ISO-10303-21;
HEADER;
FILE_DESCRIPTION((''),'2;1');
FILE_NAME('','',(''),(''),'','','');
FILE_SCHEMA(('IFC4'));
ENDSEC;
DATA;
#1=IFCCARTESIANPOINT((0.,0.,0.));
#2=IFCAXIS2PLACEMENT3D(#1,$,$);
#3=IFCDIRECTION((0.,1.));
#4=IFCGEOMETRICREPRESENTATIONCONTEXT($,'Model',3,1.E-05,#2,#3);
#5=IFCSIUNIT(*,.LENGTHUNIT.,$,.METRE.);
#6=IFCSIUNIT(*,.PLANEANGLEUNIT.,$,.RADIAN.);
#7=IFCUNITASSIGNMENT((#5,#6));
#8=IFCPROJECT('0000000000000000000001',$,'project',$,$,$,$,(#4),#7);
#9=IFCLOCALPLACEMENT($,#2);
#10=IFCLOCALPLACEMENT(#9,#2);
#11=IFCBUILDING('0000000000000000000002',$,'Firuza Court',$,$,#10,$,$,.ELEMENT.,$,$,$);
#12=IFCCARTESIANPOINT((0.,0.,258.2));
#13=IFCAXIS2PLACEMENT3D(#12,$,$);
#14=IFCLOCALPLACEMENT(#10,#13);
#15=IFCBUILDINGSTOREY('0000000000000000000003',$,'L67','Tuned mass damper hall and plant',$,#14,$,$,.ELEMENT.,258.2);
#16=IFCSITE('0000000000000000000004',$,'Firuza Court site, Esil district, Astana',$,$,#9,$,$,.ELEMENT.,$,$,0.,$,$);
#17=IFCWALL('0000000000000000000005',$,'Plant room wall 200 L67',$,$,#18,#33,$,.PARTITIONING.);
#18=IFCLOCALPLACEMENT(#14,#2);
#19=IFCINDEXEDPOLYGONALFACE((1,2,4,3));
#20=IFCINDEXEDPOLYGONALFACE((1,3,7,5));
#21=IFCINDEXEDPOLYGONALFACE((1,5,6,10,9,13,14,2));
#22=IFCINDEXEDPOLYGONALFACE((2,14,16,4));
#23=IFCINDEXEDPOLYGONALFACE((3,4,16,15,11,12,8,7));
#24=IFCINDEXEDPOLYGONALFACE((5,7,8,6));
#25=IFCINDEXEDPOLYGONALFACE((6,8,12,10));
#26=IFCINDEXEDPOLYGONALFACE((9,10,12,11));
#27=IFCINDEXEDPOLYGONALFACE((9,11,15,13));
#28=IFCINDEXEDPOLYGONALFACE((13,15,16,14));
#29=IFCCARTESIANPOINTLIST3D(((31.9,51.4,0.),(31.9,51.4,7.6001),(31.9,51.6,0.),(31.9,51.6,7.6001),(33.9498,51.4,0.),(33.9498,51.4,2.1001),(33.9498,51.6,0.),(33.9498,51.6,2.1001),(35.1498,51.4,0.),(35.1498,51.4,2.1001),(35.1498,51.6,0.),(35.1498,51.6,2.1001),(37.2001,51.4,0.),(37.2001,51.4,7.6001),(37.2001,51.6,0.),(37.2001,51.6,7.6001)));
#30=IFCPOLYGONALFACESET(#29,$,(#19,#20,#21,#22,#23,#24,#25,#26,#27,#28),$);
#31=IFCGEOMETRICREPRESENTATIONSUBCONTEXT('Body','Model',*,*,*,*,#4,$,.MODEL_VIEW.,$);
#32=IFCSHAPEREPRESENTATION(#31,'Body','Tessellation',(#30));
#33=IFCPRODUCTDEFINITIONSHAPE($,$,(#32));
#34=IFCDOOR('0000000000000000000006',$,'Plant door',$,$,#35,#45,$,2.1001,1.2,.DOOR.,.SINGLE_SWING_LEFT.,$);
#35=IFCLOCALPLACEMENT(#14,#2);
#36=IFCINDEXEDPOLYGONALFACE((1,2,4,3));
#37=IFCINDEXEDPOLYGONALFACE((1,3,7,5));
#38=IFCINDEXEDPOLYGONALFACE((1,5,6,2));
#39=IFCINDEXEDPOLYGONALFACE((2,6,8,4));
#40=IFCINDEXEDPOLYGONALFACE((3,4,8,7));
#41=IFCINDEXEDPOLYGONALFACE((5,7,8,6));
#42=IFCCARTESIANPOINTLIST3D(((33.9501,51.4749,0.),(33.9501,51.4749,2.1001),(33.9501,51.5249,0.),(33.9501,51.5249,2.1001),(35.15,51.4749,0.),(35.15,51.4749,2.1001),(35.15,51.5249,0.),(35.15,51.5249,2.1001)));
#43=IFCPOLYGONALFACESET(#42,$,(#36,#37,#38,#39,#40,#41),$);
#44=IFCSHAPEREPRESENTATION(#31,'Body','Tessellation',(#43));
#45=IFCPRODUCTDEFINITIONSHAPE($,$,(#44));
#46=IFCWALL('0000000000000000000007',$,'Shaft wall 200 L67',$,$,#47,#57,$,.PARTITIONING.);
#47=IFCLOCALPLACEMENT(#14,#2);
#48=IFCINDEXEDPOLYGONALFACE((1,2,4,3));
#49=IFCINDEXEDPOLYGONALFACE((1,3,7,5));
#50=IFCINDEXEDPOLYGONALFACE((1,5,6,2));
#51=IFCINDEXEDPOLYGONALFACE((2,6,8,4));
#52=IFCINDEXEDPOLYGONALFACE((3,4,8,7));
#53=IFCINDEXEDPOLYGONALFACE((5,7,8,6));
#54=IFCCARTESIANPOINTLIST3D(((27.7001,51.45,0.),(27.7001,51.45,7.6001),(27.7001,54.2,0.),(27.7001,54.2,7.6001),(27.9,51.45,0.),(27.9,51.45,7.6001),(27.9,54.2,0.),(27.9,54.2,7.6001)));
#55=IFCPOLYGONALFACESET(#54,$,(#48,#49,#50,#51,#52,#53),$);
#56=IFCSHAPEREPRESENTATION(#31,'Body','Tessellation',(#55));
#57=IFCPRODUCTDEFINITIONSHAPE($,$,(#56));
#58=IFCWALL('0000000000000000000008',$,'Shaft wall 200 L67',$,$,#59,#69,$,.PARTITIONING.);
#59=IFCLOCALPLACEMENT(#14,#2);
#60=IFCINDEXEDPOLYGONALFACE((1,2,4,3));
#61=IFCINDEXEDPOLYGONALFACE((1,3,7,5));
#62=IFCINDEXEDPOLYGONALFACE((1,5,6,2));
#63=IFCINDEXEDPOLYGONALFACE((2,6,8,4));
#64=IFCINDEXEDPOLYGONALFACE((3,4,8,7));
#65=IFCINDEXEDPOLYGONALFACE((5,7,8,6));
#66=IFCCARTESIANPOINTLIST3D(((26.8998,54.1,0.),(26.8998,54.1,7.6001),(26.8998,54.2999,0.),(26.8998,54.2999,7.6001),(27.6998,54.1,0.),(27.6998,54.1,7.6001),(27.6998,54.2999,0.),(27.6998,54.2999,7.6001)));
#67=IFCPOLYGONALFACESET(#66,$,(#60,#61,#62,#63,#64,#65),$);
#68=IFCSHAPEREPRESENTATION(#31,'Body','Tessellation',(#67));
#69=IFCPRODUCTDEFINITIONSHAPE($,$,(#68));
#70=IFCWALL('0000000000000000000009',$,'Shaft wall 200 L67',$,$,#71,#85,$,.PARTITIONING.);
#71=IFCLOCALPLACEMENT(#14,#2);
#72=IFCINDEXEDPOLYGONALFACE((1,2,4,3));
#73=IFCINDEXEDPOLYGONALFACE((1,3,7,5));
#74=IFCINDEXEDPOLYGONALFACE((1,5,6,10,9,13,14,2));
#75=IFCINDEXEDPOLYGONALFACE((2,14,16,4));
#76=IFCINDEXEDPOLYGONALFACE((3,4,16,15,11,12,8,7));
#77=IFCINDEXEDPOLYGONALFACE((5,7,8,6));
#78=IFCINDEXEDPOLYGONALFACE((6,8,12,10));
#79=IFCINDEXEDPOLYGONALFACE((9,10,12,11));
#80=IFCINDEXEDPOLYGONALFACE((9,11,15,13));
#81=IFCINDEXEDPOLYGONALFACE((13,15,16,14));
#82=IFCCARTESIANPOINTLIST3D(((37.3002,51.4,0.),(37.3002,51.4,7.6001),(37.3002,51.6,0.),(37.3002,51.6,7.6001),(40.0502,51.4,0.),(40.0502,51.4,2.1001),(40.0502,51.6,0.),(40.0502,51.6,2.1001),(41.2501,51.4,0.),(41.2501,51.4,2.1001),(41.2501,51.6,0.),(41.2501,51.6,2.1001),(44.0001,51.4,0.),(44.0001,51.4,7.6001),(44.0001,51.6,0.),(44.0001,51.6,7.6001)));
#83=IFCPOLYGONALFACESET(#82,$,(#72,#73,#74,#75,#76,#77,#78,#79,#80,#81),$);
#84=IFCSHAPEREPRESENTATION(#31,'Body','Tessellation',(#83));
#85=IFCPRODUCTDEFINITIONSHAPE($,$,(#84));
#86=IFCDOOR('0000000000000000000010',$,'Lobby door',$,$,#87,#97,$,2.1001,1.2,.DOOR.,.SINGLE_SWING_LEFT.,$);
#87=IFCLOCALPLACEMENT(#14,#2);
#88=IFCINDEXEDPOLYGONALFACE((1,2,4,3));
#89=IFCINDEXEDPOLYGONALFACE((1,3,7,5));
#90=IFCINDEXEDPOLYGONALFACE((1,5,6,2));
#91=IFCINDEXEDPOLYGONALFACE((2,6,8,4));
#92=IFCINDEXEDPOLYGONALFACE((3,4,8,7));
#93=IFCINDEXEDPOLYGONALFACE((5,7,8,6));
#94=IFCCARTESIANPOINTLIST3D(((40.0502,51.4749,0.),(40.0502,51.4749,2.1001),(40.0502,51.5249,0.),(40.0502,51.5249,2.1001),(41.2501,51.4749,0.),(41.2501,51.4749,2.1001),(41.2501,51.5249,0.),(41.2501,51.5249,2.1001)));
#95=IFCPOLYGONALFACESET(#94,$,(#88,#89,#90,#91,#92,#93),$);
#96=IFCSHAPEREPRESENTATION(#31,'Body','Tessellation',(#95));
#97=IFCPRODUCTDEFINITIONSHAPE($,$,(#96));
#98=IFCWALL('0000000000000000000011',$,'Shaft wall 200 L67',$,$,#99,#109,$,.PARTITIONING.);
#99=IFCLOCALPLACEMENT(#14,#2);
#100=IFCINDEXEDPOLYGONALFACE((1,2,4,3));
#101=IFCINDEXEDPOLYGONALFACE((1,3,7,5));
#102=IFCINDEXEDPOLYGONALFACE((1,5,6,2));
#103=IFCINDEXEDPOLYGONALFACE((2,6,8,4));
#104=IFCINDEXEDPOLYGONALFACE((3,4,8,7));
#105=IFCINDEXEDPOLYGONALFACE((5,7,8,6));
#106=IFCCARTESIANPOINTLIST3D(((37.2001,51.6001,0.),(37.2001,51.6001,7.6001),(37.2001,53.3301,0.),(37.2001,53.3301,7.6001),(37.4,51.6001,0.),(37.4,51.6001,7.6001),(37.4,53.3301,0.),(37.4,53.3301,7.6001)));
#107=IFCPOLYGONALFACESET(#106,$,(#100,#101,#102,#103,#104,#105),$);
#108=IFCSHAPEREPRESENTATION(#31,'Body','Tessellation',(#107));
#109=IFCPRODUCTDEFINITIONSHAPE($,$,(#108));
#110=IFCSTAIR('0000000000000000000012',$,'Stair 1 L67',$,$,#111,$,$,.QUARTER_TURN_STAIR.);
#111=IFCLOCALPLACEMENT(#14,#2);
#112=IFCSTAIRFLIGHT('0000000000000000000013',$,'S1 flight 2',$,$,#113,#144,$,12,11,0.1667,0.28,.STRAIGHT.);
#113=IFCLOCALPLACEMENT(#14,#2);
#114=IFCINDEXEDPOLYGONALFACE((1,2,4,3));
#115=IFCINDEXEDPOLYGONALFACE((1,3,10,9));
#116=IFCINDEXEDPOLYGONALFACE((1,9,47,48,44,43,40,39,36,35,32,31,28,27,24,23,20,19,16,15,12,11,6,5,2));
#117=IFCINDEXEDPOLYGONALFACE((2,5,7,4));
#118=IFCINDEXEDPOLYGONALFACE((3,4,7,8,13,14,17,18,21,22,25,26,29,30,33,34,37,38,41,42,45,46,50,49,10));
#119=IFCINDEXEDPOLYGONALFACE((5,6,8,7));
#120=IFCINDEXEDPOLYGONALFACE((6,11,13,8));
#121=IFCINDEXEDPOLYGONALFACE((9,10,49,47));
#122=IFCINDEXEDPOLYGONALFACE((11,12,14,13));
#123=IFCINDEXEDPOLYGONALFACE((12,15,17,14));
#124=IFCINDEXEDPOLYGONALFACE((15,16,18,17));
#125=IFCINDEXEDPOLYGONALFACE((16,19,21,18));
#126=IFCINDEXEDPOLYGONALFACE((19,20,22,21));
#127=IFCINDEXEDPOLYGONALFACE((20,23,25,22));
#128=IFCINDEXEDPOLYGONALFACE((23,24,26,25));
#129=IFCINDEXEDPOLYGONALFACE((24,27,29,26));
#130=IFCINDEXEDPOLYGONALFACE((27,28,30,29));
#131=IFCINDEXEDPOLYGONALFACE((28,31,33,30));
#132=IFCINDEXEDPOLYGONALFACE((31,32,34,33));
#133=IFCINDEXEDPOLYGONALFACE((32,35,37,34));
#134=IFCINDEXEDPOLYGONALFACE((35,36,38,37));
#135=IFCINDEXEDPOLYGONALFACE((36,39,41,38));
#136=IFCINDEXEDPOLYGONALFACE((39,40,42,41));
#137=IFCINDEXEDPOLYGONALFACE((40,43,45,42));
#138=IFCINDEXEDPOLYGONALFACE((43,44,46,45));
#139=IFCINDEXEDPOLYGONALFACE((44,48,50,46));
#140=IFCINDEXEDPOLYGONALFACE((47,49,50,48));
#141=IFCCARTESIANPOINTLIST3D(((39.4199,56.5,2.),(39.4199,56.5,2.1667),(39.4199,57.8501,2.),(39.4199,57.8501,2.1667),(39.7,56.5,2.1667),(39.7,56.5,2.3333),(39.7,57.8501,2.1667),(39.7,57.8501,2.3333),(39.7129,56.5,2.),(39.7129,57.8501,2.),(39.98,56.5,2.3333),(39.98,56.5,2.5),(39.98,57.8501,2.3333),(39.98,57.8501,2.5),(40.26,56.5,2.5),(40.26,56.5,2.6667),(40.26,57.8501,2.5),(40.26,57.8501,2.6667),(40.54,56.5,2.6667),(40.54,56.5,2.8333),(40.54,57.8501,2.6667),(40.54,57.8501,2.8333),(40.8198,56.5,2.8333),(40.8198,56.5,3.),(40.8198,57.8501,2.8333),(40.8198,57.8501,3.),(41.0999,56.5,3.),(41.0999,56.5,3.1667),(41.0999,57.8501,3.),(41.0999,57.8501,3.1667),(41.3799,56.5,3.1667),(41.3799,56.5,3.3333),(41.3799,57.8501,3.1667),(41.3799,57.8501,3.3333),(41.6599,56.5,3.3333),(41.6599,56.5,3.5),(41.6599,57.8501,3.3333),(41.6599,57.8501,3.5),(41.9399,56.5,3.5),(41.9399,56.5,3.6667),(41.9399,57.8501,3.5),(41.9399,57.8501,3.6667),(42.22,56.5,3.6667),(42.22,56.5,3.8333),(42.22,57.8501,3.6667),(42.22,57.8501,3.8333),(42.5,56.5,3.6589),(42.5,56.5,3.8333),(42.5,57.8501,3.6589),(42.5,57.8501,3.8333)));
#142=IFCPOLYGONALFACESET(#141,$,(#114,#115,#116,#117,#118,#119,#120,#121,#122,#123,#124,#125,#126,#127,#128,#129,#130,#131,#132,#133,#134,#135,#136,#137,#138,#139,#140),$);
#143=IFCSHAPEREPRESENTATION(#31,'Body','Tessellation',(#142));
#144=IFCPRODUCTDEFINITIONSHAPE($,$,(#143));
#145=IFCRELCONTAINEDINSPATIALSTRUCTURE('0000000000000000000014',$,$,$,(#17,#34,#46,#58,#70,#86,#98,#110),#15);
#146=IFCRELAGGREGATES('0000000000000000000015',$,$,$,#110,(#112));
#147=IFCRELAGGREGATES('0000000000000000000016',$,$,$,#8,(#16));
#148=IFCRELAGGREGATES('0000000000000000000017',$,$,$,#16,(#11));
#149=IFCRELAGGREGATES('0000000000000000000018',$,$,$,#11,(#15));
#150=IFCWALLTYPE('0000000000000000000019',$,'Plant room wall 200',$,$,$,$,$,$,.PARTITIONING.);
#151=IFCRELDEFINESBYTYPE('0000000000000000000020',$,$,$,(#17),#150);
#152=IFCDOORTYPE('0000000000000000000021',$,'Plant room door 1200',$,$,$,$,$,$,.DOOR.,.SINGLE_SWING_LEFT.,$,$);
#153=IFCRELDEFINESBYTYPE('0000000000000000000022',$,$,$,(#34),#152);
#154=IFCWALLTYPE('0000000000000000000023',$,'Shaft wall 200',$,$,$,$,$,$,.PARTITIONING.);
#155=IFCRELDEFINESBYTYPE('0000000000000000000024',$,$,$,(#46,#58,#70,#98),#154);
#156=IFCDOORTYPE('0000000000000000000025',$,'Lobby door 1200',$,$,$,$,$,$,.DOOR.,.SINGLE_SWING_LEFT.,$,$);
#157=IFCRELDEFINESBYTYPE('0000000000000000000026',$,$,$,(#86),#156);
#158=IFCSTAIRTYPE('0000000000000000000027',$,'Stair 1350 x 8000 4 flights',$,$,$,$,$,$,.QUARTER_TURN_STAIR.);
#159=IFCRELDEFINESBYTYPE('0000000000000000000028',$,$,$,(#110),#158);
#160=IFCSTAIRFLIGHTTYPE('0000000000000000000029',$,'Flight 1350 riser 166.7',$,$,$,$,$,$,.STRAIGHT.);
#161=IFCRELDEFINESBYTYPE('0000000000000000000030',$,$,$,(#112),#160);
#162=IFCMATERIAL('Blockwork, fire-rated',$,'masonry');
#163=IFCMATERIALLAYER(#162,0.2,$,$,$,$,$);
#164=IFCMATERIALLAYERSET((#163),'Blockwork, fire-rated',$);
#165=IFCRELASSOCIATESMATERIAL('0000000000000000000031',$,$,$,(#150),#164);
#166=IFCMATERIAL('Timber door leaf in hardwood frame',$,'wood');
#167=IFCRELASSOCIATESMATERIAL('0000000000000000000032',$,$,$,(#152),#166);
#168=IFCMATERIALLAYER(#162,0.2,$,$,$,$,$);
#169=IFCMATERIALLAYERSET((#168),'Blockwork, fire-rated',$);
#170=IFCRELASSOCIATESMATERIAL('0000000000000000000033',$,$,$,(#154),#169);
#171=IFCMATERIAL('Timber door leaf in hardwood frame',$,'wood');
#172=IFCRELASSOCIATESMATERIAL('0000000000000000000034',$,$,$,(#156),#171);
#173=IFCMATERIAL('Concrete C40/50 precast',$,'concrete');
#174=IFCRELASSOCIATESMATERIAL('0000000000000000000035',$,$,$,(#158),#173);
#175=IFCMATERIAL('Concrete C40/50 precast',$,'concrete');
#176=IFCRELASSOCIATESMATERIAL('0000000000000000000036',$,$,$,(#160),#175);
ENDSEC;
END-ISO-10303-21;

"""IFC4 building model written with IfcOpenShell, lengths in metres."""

from ifc_helpers import new_model, si_unit, direction, frame, frame_2d, origin, place, context, subcontext, project, spatial, polyline, rectangle, outline, extrude, material, layer, layer_set, type_object, element, fill, aggregate, save


model = new_model("IFC4")

# Units and contexts
model_context = context("Model", 3, precision=1e-05, world=origin(), true_north=direction((0.0, 1.0)))
body_context = subcontext(model_context, "Body", "Model", "MODEL_VIEW")
ifc_project = project(units=[si_unit("LENGTHUNIT", "METRE"), si_unit("PLANEANGLEUNIT", "RADIAN")], contexts=[model_context])

# Site, building, storey
site_placement = place(None, origin())
site = spatial("IfcSite", under=ifc_project, at=site_placement, Name="Firuza Court site, Esil district, Astana", CompositionType="ELEMENT", RefElevation=0.0)
building_placement = place(site_placement, origin())
building = spatial("IfcBuilding", under=site, at=building_placement, Name="Firuza Court", CompositionType="ELEMENT")
storey_placement = place(building_placement, frame((0.0, 0.0, 258.2)))
storey = spatial("IfcBuildingStorey", under=building, at=storey_placement, Name="L67", Description="Tuned mass damper hall and plant", CompositionType="ELEMENT", Elevation=258.2)

# Wall, opening, door
ifc_material_1 = material(Name="Blockwork, fire-rated", Category="masonry")
ifc_layer_1 = layer(ifc_material_1, 0.2)
ifc_layer_set_1 = layer_set([ifc_layer_1], Name="Blockwork, fire-rated")
wall_type_1 = type_object("IfcWallType", Name="Plant room wall 200", PredefinedType="PARTITIONING", material=ifc_layer_set_1)
ifc_material_2 = material(Name="Timber door leaf in hardwood frame", Category="wood")
door_type_1 = type_object("IfcDoorType", Name="Plant room door 1200", OperationType="SINGLE_SWING_LEFT", PredefinedType="DOOR", material=ifc_material_2)
wall_1_placement = place(storey_placement, frame((37.2, 51.5, 0.0), z_axis=(0.0, 0.0, 1.0), x_axis=(-1.0, 0.0, 0.0)))
wall_1 = element("IfcWall", 1, at=wall_1_placement, inside=storey, type_object=wall_type_1, Name="Plant room wall 200 L67", PredefinedType="PARTITIONING", context=body_context, shape_type="SweptSolid", body=[
    extrude(rectangle(XDim=5.3, YDim=0.2, at=frame_2d((2.6499, 0.0))), origin(), (0.0, 0.0, 1.0), 7.6001),
])
opening_1_placement = place(wall_1_placement, frame((2.05, 0.0, 0.0)))
opening_1 = element("IfcOpeningElement", 2, at=opening_1_placement, cuts=wall_1, PredefinedType="OPENING", context=body_context, shape_type="SweptSolid", body=[
    extrude(rectangle(XDim=1.2, YDim=2.1001, at=frame_2d((0.6001, 1.05))), frame((0.0, 0.1118, 0.0), z_axis=(0.0, -1.0, 0.0), x_axis=(1.0, 0.0, 0.0)), (0.0, 0.0, 1.0), 0.2239),
])
door_1_placement = place(opening_1_placement, frame((1.2, 0.0, 0.0), z_axis=(0.0, 0.0, 1.0), x_axis=(-1.0, 0.0, 0.0)))
door_1 = element("IfcDoor", 3, at=door_1_placement, inside=storey, type_object=door_type_1, Name="Plant door", OperationType="SINGLE_SWING_LEFT", OverallHeight=2.1001, OverallWidth=1.2, PredefinedType="DOOR", context=body_context, shape_type="SweptSolid", body=[
    extrude(rectangle(XDim=1.2, YDim=2.1001, at=frame_2d((0.6001, 1.05))), frame((0.0, 0.0249, 0.0), z_axis=(0.0, -1.0, 0.0), x_axis=(1.0, 0.0, 0.0)), (0.0, 0.0, 1.0), 0.05),
])
fill(opening_1, door_1)

# Walls
ifc_layer_2 = layer(ifc_material_1, 0.2)
ifc_layer_set_2 = layer_set([ifc_layer_2], Name="Blockwork, fire-rated")
wall_type_2 = type_object("IfcWallType", Name="Shaft wall 200", PredefinedType="PARTITIONING", material=ifc_layer_set_2)
wall_2_placement = place(storey_placement, frame((27.8, 51.45, 0.0), z_axis=(0.0, 0.0, 1.0), x_axis=(0.0, 1.0, 0.0)))
element("IfcWall", 4, at=wall_2_placement, inside=storey, type_object=wall_type_2, Name="Shaft wall 200 L67", PredefinedType="PARTITIONING", context=body_context, shape_type="SweptSolid", body=[
    extrude(rectangle(XDim=2.75, YDim=0.2, at=frame_2d((1.375, 0.0))), origin(), (0.0, 0.0, 1.0), 7.6001),
])
wall_3_placement = place(storey_placement, frame((26.8999, 54.2, 0.0), z_axis=(0.0, 0.0, 1.0), x_axis=(1.0, 0.0, 0.0)))
element("IfcWall", 5, at=wall_3_placement, inside=storey, type_object=wall_type_2, Name="Shaft wall 200 L67", PredefinedType="PARTITIONING", context=body_context, shape_type="SweptSolid", body=[
    extrude(rectangle(XDim=0.8, YDim=0.2, at=frame_2d((0.3999, 0.0))), origin(), (0.0, 0.0, 1.0), 7.6001),
])

# Wall, opening, door
wall_4_placement = place(storey_placement, frame((37.3, 51.5, 0.0), z_axis=(0.0, 0.0, 1.0), x_axis=(1.0, 0.0, 0.0)))
wall_4 = element("IfcWall", 6, at=wall_4_placement, inside=storey, type_object=wall_type_2, Name="Shaft wall 200 L67", PredefinedType="PARTITIONING", context=body_context, shape_type="SweptSolid", body=[
    extrude(rectangle(XDim=6.7, YDim=0.2, at=frame_2d((3.3501, 0.0))), origin(), (0.0, 0.0, 1.0), 7.6001),
])
opening_2_placement = place(wall_4_placement, frame((2.75, 0.0, 0.0)))
opening_2 = element("IfcOpeningElement", 7, at=opening_2_placement, cuts=wall_4, PredefinedType="OPENING", context=body_context, shape_type="SweptSolid", body=[
    extrude(rectangle(XDim=1.2, YDim=2.1001, at=frame_2d((0.6001, 1.05))), frame((0.0, 0.1118, 0.0), z_axis=(0.0, -1.0, 0.0), x_axis=(1.0, 0.0, 0.0)), (0.0, 0.0, 1.0), 0.2239),
])
ifc_material_3 = material(Name="Timber door leaf in hardwood frame", Category="wood")
door_type_2 = type_object("IfcDoorType", Name="Lobby door 1200", OperationType="SINGLE_SWING_LEFT", PredefinedType="DOOR", material=ifc_material_3)
door_2_placement = place(opening_2_placement, origin())
door_2 = element("IfcDoor", 8, at=door_2_placement, inside=storey, type_object=door_type_2, Name="Lobby door", OperationType="SINGLE_SWING_LEFT", OverallHeight=2.1001, OverallWidth=1.2, PredefinedType="DOOR", context=body_context, shape_type="SweptSolid", body=[
    extrude(rectangle(XDim=1.2, YDim=2.1001, at=frame_2d((0.6001, 1.05))), frame((0.0, 0.0249, 0.0), z_axis=(0.0, -1.0, 0.0), x_axis=(1.0, 0.0, 0.0)), (0.0, 0.0, 1.0), 0.05),
])
fill(opening_2, door_2)

# Wall
wall_5_placement = place(storey_placement, frame((37.3, 51.6001, 0.0), z_axis=(0.0, 0.0, 1.0), x_axis=(0.0, 1.0, 0.0)))
element("IfcWall", 9, at=wall_5_placement, inside=storey, type_object=wall_type_2, Name="Shaft wall 200 L67", PredefinedType="PARTITIONING", context=body_context, shape_type="SweptSolid", body=[
    extrude(rectangle(XDim=1.73, YDim=0.2, at=frame_2d((0.865, 0.0))), origin(), (0.0, 0.0, 1.0), 7.6001),
])

# Stair, stair flight
ifc_material_4 = material(Name="Concrete C40/50 precast", Category="concrete")
stair_type = type_object("IfcStairType", Name="Stair 1350 x 8000 4 flights", PredefinedType="QUARTER_TURN_STAIR", material=ifc_material_4)
stair_placement = place(storey_placement, origin())
stair = element("IfcStair", 10, at=stair_placement, inside=storey, type_object=stair_type, Name="Stair 1 L67", PredefinedType="QUARTER_TURN_STAIR")
ifc_material_5 = material(Name="Concrete C40/50 precast", Category="concrete")
stair_flight_type = type_object("IfcStairFlightType", Name="Flight 1350 riser 166.7", PredefinedType="STRAIGHT", material=ifc_material_5)
stair_flight_placement = place(storey_placement, frame((39.4199, 57.175, 2.0), z_axis=(0.0, 0.0, 1.0), x_axis=(1.0, 0.0, 0.0)))
stair_flight = element("IfcStairFlight", 11, at=stair_flight_placement, type_object=stair_flight_type, Name="S1 flight 2", NumberOfRisers=12, NumberOfTreads=11, PredefinedType="STRAIGHT", RiserHeight=0.1667, TreadLength=0.28, context=body_context, shape_type="SweptSolid", body=[
    extrude(outline(polyline([(0.0, 0.0), (0.0, 0.1667), (0.28, 0.1667), (0.28, 0.3333), (0.5601, 0.3333), (0.5601, 0.5), (0.8401, 0.5), (0.8401, 0.6667), (1.1201, 0.6667), (1.1201, 0.8333), (1.3999, 0.8333), (1.3999, 1.0), (1.6799, 1.0), (1.6799, 1.1667), (1.96, 1.1667), (1.96, 1.3333), (2.24, 1.3333), (2.24, 1.5), (2.52, 1.5), (2.52, 1.6667), (2.8, 1.6667), (2.8, 1.8333), (3.0801, 1.8333), (3.0801, 2.0), (3.0801, 1.6589), (0.293, 0.0), (0.0, 0.0)])), frame((0.0, 0.675, 0.0), z_axis=(0.0, -1.0, 0.0), x_axis=(1.0, 0.0, 0.0)), (0.0, 0.0, 1.0), 1.3501),
])
aggregate(stair, [stair_flight])

save(model, "model.ifc")
